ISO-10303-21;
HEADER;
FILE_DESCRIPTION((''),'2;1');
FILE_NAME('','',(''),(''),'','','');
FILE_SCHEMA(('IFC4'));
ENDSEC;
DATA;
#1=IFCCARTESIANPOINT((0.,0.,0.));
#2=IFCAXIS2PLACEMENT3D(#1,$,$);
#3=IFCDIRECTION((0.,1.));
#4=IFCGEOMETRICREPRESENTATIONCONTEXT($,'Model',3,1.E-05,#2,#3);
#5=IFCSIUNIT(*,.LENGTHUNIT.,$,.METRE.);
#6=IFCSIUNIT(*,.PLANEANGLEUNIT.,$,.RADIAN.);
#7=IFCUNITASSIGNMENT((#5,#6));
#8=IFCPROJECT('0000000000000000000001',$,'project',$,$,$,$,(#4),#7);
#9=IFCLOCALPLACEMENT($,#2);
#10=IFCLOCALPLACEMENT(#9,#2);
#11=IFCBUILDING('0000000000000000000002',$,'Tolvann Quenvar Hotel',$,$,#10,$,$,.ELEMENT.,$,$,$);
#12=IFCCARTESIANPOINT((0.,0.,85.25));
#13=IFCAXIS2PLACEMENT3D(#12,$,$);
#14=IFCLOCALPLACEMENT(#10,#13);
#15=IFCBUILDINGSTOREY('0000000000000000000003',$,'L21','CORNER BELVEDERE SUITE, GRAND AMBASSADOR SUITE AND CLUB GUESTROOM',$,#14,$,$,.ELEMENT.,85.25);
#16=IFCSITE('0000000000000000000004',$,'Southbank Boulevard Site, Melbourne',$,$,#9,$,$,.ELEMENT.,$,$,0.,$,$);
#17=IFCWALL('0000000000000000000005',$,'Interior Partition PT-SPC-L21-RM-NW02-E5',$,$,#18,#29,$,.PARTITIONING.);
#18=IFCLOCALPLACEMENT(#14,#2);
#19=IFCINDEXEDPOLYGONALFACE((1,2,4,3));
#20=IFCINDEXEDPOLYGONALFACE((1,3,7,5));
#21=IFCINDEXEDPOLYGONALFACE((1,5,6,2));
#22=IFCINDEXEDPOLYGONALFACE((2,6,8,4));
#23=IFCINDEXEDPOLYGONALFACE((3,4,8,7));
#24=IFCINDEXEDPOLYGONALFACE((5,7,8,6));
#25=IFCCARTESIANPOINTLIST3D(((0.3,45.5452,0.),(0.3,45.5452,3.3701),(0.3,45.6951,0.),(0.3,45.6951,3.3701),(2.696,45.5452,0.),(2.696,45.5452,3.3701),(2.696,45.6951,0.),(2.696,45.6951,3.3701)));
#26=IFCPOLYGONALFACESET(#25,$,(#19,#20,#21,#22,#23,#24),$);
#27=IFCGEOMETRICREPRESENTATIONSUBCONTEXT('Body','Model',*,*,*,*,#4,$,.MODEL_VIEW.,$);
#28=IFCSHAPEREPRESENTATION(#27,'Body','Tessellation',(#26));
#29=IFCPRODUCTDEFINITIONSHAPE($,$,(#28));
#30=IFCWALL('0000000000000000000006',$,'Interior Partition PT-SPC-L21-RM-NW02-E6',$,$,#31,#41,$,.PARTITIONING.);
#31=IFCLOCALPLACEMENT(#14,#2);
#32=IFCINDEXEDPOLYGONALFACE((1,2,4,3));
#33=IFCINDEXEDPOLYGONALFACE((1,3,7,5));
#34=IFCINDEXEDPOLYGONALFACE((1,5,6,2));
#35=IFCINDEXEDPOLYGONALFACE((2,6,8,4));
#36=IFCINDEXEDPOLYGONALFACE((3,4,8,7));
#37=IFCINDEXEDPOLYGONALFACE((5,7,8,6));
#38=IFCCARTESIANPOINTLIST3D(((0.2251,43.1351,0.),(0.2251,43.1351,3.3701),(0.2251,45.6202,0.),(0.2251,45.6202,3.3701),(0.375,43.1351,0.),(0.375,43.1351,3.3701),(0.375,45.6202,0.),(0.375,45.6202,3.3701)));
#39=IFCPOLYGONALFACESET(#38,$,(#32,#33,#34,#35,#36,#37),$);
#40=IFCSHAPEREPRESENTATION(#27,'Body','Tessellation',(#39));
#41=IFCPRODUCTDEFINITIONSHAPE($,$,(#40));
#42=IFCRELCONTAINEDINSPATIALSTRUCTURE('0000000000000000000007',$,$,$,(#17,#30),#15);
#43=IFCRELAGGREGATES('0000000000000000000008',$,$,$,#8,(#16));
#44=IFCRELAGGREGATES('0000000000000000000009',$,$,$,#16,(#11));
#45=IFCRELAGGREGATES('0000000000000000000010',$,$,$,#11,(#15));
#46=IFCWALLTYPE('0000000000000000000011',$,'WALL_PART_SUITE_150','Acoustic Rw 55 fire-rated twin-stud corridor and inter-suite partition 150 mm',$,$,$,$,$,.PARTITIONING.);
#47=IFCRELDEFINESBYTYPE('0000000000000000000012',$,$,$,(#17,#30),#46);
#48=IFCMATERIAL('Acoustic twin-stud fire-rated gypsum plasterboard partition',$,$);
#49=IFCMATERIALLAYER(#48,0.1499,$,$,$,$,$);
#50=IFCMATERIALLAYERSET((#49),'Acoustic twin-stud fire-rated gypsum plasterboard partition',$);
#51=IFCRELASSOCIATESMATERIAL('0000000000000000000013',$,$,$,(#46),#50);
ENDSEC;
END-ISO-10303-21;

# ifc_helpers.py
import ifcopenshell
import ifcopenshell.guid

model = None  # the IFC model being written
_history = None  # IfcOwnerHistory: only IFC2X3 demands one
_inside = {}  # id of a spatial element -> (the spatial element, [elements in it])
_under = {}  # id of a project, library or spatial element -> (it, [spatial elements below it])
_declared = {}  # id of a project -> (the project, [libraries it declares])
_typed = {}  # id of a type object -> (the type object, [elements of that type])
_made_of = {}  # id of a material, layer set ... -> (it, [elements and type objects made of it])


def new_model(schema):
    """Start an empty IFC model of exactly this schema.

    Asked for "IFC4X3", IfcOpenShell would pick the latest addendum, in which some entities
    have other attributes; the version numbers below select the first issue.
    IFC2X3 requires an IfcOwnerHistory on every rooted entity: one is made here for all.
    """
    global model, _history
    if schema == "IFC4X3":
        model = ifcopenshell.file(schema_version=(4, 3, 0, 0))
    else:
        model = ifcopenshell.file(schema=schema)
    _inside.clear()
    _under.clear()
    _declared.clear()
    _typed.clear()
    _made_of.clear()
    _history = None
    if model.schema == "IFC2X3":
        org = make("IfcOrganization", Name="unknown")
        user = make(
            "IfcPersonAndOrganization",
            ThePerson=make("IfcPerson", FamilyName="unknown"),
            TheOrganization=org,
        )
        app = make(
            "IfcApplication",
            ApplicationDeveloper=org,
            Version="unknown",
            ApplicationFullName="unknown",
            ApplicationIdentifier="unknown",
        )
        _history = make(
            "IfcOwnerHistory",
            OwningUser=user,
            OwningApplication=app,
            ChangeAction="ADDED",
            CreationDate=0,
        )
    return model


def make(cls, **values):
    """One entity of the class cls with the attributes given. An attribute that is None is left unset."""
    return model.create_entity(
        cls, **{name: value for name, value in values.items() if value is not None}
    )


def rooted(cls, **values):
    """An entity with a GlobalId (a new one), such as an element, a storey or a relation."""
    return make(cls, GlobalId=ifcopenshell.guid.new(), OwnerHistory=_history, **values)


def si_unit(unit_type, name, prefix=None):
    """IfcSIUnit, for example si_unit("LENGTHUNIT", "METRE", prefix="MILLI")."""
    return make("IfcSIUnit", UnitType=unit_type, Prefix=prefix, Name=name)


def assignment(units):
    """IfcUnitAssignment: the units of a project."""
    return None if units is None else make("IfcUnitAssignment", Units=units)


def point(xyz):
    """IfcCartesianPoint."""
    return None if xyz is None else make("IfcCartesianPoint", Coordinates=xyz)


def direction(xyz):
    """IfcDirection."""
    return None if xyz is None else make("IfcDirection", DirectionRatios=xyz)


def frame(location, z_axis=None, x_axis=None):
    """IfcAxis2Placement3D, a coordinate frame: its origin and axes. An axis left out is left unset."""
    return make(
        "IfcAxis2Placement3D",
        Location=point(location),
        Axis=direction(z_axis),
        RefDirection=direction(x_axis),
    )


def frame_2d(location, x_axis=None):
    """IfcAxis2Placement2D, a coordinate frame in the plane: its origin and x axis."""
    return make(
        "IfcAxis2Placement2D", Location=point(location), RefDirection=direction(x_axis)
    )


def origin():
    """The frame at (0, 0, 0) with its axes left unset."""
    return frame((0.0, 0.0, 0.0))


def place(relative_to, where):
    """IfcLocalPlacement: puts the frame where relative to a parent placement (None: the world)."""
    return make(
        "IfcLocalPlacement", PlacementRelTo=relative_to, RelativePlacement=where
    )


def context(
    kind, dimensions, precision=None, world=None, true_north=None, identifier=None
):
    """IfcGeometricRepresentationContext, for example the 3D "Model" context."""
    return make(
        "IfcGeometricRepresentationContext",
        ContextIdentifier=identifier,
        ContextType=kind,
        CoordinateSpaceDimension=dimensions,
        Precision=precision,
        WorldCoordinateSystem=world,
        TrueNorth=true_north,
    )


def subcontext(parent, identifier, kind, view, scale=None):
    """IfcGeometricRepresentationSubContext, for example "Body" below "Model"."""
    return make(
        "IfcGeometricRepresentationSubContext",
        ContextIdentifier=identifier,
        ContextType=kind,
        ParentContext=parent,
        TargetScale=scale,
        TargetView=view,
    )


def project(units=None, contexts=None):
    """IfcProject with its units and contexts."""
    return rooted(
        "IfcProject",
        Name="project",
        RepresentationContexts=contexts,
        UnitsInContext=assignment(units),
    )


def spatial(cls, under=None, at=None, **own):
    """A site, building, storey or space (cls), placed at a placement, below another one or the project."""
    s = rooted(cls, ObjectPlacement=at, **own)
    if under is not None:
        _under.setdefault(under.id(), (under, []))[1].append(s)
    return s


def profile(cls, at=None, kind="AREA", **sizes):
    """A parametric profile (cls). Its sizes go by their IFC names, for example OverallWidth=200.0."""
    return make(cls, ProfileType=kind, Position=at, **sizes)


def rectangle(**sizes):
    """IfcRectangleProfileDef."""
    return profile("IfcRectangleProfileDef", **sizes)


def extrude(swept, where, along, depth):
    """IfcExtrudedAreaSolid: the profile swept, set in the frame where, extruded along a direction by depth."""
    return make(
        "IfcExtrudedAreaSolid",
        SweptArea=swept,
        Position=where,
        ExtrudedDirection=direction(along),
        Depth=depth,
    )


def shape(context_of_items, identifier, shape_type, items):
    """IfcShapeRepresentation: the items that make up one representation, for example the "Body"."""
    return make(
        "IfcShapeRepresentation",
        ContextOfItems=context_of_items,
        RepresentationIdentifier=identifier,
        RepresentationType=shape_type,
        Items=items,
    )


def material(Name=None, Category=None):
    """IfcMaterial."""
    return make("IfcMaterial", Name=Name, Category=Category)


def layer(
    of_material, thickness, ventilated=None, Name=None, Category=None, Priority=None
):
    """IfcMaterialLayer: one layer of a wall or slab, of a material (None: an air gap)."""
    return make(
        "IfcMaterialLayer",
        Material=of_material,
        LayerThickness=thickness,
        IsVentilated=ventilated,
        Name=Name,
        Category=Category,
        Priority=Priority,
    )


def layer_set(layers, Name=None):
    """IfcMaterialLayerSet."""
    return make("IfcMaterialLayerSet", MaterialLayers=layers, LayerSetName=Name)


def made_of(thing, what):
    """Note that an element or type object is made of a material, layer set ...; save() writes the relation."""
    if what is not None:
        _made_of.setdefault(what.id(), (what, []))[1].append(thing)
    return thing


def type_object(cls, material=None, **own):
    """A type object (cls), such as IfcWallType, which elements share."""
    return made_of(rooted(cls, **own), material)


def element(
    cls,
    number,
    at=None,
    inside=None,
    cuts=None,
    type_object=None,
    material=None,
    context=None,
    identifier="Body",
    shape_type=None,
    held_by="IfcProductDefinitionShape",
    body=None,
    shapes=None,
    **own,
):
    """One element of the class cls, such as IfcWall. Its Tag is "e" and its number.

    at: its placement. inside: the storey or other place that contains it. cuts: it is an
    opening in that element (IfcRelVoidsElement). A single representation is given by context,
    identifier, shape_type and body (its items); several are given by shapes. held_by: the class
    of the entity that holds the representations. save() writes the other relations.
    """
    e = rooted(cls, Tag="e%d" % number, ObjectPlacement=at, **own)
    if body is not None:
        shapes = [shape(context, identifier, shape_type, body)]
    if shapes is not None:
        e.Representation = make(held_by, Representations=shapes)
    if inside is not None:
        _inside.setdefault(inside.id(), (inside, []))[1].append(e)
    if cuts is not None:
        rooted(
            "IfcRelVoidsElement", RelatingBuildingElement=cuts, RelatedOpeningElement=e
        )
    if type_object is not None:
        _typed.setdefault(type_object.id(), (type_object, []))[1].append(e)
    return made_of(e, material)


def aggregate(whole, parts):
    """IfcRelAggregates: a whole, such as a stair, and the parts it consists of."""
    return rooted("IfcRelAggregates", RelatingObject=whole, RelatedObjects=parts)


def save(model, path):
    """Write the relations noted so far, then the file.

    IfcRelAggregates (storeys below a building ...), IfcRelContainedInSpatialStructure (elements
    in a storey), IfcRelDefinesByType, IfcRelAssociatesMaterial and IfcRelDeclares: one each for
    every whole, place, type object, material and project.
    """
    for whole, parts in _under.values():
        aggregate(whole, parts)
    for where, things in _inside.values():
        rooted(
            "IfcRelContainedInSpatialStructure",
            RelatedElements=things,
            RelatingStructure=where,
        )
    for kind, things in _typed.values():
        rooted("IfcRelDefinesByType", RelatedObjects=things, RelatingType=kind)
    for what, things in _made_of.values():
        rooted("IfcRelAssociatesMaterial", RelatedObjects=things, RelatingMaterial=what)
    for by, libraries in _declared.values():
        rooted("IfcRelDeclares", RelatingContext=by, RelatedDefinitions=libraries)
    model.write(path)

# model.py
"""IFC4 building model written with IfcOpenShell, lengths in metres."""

from ifc_helpers import new_model, si_unit, direction, frame, frame_2d, origin, place, context, subcontext, project, spatial, rectangle, extrude, material, layer, layer_set, type_object, element, save


model = new_model("IFC4")

# Units and contexts
model_context = context("Model", 3, precision=1e-05, world=origin(), true_north=direction((0.0, 1.0)))
body_context = subcontext(model_context, "Body", "Model", "MODEL_VIEW")
ifc_project = project(units=[si_unit("LENGTHUNIT", "METRE"), si_unit("PLANEANGLEUNIT", "RADIAN")], contexts=[model_context])

# Site, building, storey
site_placement = place(None, origin())
site = spatial("IfcSite", under=ifc_project, at=site_placement, Name="Southbank Boulevard Site, Melbourne", CompositionType="ELEMENT", RefElevation=0.0)
building_placement = place(site_placement, origin())
building = spatial("IfcBuilding", under=site, at=building_placement, Name="Tolvann Quenvar Hotel", CompositionType="ELEMENT")
storey_placement = place(building_placement, frame((0.0, 0.0, 85.25)))
storey = spatial("IfcBuildingStorey", under=building, at=storey_placement, Name="L21", Description="CORNER BELVEDERE SUITE, GRAND AMBASSADOR SUITE AND CLUB GUESTROOM", CompositionType="ELEMENT", Elevation=85.25)

# Walls
ifc_material_1 = material(Name="Acoustic twin-stud fire-rated gypsum plasterboard partition")
ifc_layer_1 = layer(ifc_material_1, 0.1499)
ifc_layer_set_1 = layer_set([ifc_layer_1], Name="Acoustic twin-stud fire-rated gypsum plasterboard partition")
wall_type_1 = type_object("IfcWallType", Name="WALL_PART_SUITE_150", Description="Acoustic Rw 55 fire-rated twin-stud corridor and inter-suite partition 150 mm", PredefinedType="PARTITIONING", material=ifc_layer_set_1)
wall_1_placement = place(storey_placement, frame((0.3, 45.6201, 0.0), z_axis=(0.0, 0.0, 1.0), x_axis=(1.0, 0.0, 0.0)))
element("IfcWall", 1, at=wall_1_placement, inside=storey, type_object=wall_type_1, Name="Interior Partition PT-SPC-L21-RM-NW02-E5", PredefinedType="PARTITIONING", context=body_context, shape_type="SweptSolid", body=[
    extrude(rectangle(XDim=2.396, YDim=0.1499, at=frame_2d((1.198, 0.0))), origin(), (0.0, 0.0, 1.0), 3.3701),
])
wall_2_placement = place(storey_placement, frame((0.3, 43.135, 0.0), z_axis=(0.0, 0.0, 1.0), x_axis=(0.0, 1.0, 0.0)))
element("IfcWall", 2, at=wall_2_placement, inside=storey, type_object=wall_type_1, Name="Interior Partition PT-SPC-L21-RM-NW02-E6", PredefinedType="PARTITIONING", context=body_context, shape_type="SweptSolid", body=[
    extrude(rectangle(XDim=2.4851, YDim=0.1499, at=frame_2d((1.2427, 0.0))), origin(), (0.0, 0.0, 1.0), 3.3701),
])

save(model, "model.ifc")
